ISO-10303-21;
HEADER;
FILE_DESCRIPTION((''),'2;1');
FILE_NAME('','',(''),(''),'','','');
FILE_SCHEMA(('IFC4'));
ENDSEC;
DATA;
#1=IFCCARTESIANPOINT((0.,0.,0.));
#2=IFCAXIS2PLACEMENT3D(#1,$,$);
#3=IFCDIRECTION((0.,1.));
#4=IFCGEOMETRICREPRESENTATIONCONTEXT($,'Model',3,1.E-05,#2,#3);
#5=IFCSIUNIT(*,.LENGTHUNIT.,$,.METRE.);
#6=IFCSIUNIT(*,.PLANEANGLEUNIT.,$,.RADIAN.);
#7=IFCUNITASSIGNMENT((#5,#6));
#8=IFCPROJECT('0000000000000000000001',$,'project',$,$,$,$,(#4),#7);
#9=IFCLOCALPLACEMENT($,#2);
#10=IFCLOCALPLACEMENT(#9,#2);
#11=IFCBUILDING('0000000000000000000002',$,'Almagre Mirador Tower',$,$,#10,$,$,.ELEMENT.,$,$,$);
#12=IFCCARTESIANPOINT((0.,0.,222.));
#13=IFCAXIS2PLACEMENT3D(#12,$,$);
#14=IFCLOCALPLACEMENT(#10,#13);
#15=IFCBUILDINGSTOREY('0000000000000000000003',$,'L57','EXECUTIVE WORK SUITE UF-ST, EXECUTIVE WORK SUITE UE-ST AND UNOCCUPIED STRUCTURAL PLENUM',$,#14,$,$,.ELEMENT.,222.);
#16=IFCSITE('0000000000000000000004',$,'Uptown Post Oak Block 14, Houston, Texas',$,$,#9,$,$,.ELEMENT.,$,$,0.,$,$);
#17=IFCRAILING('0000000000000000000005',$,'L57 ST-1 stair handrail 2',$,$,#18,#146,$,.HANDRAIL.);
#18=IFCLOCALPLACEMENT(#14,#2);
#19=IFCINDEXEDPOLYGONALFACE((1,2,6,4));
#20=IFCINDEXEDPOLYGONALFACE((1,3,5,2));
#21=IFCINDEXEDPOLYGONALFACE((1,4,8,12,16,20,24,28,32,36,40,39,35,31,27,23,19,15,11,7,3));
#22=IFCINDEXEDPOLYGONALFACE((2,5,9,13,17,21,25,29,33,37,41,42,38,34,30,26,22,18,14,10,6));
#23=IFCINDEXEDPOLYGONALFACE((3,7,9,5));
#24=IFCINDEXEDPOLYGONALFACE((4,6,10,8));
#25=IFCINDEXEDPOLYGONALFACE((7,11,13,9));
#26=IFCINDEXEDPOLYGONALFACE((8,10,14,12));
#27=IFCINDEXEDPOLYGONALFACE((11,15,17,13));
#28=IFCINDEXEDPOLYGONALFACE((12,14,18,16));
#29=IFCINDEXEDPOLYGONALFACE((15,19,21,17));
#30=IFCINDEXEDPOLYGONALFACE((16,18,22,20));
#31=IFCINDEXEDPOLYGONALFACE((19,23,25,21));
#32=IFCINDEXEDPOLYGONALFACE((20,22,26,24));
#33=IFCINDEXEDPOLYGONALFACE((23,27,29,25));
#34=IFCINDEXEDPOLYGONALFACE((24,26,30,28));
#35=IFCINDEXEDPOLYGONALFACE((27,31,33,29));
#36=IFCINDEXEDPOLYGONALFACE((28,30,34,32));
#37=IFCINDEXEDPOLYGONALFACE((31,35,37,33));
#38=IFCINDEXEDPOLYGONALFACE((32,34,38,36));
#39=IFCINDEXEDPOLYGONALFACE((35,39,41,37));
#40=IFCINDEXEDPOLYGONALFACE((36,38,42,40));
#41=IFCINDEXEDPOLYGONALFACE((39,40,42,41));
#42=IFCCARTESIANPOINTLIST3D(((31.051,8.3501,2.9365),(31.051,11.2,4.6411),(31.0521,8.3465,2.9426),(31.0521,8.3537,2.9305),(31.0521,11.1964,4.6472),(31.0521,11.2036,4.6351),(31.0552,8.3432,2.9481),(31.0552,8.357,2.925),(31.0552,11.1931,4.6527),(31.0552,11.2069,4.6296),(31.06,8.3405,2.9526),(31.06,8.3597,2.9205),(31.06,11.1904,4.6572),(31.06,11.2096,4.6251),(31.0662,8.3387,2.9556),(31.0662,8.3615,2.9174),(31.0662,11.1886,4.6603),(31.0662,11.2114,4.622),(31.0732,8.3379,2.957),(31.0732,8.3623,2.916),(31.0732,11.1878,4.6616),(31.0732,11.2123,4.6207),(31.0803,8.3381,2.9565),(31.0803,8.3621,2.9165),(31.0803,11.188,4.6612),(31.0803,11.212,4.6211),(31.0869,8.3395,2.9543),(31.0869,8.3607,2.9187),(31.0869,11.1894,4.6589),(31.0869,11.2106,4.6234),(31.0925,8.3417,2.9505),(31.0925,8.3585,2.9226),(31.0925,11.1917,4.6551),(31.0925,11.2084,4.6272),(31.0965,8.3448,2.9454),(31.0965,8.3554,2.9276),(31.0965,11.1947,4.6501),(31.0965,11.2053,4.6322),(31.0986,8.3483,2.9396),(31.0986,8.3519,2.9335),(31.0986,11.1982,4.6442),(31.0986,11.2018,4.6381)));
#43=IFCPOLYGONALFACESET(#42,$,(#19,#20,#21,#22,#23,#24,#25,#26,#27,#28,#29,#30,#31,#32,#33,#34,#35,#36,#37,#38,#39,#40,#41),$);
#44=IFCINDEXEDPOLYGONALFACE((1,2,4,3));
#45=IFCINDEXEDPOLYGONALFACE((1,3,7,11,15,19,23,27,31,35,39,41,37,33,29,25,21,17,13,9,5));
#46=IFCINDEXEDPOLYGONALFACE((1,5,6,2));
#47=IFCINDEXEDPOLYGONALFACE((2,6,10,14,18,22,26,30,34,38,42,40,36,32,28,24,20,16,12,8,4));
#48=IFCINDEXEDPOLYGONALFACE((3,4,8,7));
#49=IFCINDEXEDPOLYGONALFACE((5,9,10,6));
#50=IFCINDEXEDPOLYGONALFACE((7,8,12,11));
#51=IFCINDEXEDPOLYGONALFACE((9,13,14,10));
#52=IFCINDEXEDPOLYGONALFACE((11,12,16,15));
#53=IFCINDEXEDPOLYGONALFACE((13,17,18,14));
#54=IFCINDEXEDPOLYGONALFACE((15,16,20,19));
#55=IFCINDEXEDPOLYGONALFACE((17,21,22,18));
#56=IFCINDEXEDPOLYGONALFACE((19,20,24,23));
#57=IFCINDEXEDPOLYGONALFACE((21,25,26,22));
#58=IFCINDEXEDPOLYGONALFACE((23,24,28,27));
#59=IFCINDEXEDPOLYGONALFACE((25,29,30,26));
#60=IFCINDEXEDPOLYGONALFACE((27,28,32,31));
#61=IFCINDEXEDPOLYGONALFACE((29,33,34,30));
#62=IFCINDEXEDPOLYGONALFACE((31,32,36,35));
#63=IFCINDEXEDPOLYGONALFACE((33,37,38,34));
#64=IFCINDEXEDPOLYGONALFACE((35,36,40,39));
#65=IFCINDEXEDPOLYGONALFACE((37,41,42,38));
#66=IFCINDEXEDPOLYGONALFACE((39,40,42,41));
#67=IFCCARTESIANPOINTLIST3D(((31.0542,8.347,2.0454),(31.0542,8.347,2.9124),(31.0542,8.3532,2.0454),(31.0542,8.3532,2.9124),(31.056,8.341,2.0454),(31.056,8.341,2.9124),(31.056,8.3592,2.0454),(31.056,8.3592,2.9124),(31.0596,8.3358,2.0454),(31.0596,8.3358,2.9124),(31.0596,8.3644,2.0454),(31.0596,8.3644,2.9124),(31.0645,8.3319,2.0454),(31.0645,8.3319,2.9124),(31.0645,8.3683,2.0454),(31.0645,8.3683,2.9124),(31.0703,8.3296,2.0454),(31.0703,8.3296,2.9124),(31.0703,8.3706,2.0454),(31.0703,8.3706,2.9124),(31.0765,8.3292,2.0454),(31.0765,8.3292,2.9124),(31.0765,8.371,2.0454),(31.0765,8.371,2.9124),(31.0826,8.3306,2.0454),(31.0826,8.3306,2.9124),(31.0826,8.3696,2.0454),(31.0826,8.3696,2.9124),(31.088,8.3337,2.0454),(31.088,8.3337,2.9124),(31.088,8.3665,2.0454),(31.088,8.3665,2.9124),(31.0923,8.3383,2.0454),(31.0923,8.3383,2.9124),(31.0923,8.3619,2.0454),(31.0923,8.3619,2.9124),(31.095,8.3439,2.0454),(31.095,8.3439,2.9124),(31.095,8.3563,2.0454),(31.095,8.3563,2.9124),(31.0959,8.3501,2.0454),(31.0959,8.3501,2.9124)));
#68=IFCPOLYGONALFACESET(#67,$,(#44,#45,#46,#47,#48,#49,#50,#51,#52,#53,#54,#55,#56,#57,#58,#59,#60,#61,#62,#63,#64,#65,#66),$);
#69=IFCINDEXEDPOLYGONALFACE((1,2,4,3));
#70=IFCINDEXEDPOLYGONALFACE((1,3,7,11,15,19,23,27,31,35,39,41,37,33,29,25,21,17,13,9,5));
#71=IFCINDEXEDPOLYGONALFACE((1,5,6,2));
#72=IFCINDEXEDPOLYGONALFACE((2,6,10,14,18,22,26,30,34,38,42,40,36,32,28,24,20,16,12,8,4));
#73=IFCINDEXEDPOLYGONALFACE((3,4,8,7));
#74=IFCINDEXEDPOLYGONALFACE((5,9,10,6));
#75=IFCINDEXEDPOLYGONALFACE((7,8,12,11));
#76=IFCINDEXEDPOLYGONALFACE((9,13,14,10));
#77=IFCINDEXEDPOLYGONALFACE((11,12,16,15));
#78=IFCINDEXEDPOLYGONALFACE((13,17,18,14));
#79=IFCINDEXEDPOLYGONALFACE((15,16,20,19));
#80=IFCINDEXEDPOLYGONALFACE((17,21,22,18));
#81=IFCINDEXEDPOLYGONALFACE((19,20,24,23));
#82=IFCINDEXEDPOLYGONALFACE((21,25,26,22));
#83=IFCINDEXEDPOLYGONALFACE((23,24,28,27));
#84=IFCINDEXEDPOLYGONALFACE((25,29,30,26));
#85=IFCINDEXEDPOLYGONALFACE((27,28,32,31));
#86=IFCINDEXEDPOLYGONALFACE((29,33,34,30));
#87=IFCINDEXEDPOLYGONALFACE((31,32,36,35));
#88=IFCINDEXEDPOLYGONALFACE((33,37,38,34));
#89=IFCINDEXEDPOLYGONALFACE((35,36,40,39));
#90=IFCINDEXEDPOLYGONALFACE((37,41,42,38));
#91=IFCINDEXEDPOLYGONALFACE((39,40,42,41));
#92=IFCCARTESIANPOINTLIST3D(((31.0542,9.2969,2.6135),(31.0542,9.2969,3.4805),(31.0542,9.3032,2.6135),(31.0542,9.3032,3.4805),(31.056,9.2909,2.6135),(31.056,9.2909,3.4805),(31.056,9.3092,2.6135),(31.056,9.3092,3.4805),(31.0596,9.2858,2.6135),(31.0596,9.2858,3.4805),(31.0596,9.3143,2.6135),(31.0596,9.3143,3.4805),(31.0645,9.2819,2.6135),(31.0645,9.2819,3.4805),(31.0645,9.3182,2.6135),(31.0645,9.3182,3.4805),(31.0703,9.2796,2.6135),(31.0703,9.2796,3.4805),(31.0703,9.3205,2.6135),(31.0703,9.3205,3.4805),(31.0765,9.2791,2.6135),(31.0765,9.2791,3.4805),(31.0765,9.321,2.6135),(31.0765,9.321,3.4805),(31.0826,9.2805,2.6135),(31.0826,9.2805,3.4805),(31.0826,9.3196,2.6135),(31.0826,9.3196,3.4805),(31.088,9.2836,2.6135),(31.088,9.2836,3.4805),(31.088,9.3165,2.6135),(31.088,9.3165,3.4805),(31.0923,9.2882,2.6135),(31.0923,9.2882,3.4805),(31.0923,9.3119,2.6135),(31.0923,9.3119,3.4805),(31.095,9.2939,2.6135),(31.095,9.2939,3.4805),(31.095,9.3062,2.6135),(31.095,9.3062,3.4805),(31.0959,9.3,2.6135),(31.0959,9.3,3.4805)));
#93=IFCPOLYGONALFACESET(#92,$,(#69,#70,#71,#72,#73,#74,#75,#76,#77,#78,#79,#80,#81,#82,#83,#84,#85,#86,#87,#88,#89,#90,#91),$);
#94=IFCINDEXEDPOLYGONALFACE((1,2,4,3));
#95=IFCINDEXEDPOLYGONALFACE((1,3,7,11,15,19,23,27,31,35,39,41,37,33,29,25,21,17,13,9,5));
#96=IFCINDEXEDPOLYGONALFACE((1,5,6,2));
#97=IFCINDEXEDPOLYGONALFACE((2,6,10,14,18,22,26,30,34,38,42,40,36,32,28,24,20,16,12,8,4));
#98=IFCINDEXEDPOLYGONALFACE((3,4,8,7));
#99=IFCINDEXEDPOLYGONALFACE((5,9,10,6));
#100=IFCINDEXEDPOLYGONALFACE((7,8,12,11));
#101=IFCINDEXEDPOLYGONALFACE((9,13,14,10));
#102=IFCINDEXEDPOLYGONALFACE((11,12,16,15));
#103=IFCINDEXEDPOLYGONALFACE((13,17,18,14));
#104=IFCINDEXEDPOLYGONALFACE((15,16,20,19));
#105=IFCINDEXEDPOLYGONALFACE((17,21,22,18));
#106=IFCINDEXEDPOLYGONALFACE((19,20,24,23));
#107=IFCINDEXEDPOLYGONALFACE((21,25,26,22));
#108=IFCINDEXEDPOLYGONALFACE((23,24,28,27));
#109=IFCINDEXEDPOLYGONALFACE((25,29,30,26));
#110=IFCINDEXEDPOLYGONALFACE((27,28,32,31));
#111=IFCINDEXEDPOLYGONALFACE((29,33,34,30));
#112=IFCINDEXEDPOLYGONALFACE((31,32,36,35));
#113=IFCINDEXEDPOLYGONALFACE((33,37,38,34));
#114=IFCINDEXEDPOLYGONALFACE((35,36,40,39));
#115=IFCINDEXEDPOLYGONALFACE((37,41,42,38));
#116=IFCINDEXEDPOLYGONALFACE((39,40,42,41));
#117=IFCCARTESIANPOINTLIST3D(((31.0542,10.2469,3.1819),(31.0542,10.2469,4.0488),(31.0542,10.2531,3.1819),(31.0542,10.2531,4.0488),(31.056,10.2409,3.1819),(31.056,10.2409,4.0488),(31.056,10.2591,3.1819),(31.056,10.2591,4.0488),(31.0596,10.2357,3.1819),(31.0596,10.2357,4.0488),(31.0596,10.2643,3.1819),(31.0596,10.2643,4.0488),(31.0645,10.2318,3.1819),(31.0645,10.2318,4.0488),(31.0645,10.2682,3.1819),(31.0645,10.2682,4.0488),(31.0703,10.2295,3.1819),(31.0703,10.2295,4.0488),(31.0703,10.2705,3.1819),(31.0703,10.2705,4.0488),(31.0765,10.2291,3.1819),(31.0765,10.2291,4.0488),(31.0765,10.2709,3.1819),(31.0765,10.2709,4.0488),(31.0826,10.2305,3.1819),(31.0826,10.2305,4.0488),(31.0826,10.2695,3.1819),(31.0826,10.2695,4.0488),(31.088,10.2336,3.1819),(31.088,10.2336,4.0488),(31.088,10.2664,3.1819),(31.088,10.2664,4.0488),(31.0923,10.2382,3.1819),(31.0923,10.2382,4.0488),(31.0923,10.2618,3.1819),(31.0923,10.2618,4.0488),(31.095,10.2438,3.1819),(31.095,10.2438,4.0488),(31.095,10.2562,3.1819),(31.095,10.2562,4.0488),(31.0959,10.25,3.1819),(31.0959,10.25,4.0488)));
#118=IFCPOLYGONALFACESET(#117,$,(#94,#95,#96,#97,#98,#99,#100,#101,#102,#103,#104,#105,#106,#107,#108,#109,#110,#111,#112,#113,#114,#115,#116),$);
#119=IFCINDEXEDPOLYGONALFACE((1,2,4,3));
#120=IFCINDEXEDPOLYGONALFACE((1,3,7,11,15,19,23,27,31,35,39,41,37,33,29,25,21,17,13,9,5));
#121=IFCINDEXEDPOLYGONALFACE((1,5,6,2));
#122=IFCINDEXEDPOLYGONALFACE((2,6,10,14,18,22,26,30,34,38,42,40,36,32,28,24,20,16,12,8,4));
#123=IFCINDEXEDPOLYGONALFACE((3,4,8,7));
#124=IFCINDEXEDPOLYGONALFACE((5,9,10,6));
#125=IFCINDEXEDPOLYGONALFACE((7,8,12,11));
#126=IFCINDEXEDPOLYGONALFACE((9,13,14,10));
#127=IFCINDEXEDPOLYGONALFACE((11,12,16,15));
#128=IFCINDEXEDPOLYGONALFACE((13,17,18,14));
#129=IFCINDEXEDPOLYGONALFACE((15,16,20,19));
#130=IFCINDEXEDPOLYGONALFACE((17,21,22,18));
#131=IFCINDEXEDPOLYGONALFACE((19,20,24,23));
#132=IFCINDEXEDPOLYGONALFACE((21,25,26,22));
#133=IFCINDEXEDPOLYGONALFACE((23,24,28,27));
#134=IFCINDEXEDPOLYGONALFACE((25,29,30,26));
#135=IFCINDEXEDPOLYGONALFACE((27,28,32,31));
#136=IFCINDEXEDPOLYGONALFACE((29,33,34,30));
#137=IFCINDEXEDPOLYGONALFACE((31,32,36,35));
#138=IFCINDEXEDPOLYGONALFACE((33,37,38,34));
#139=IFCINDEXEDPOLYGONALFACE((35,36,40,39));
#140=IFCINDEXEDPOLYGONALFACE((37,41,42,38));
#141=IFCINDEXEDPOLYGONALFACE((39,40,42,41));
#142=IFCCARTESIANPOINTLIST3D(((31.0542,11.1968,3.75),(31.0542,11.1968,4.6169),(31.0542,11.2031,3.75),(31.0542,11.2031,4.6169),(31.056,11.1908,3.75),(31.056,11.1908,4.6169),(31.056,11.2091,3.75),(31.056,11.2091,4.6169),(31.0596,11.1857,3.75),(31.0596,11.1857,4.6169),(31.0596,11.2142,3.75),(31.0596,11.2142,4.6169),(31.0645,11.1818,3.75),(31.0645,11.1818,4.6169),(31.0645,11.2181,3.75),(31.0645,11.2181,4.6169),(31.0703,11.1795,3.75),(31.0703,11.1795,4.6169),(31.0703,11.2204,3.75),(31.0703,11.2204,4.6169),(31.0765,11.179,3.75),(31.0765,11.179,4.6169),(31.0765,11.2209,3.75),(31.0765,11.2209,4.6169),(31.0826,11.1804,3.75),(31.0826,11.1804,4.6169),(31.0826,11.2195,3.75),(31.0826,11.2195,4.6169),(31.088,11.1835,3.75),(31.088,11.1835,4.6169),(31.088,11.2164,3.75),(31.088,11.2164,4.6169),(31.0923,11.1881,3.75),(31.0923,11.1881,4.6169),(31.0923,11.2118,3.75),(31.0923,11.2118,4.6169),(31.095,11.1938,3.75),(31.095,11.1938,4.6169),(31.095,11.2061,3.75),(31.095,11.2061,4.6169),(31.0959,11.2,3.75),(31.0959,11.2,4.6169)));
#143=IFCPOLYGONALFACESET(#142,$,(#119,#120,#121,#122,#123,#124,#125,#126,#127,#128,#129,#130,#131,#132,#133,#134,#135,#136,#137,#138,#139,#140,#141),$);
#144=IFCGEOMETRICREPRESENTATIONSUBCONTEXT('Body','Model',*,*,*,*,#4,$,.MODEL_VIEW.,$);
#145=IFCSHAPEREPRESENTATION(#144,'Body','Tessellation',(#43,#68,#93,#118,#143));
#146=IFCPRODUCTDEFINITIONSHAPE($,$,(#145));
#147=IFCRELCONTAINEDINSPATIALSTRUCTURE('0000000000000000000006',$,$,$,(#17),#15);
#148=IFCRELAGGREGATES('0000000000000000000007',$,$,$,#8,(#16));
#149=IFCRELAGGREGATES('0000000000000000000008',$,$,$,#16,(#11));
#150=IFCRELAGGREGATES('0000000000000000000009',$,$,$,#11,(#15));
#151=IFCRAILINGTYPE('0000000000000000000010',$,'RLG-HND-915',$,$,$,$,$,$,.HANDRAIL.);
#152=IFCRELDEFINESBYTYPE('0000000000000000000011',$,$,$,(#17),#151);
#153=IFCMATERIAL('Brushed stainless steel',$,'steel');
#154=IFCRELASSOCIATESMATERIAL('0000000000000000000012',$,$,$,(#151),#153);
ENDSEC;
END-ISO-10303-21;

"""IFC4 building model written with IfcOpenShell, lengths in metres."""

from ifc_helpers import new_model, si_unit, direction, frame, origin, origin_2d, place, context, subcontext, project, spatial, circle, extrude, material, type_object, element, save


model = new_model("IFC4")

# Units and contexts
model_context = context("Model", 3, precision=1e-05, world=origin(), true_north=direction((0.0, 1.0)))
body_context = subcontext(model_context, "Body", "Model", "MODEL_VIEW")
ifc_project = project(units=[si_unit("LENGTHUNIT", "METRE"), si_unit("PLANEANGLEUNIT", "RADIAN")], contexts=[model_context])

# Site, building, storey
site_placement = place(None, origin())
site = spatial("IfcSite", under=ifc_project, at=site_placement, Name="Uptown Post Oak Block 14, Houston, Texas", CompositionType="ELEMENT", RefElevation=0.0)
building_placement = place(site_placement, origin())
building = spatial("IfcBuilding", under=site, at=building_placement, Name="Almagre Mirador Tower", CompositionType="ELEMENT")
storey_placement = place(building_placement, frame((0.0, 0.0, 222.0)))
storey = spatial("IfcBuildingStorey", under=building, at=storey_placement, Name="L57", Description="EXECUTIVE WORK SUITE UF-ST, EXECUTIVE WORK SUITE UE-ST AND UNOCCUPIED STRUCTURAL PLENUM", CompositionType="ELEMENT", Elevation=222.0)

# Railing
ifc_material_1 = material(Name="Brushed stainless steel", Category="steel")
railing_type_1 = type_object("IfcRailingType", Name="RLG-HND-915", PredefinedType="HANDRAIL", material=ifc_material_1)
railing_1_placement = place(storey_placement, frame((31.075, 8.3501, 2.0454)))
element("IfcRailing", 1, at=railing_1_placement, inside=storey, type_object=railing_type_1, Name="L57 ST-1 stair handrail 2", PredefinedType="HANDRAIL", context=body_context, shape_type="SweptSolid", body=[
    extrude(circle(Radius=0.0239, at=origin_2d()), frame((0.0, 0.0, 0.8911), z_axis=(0.0, 0.858199, 0.513317), x_axis=(-1.0, 0.0, 0.0)), (0.0, 0.0, 1.0), 3.3208),
    extrude(circle(Radius=0.021, at=origin_2d()), origin(), (0.0, 0.0, 1.0), 0.8669),
    extrude(circle(Radius=0.021, at=origin_2d()), frame((0.0, 0.95, 0.5681)), (0.0, 0.0, 1.0), 0.8669),
    extrude(circle(Radius=0.021, at=origin_2d()), frame((0.0, 1.8999, 1.1365)), (0.0, 0.0, 1.0), 0.8669),
    extrude(circle(Radius=0.021, at=origin_2d()), frame((0.0, 2.8499, 1.7046)), (0.0, 0.0, 1.0), 0.8669),
])

save(model, "model.ifc")
